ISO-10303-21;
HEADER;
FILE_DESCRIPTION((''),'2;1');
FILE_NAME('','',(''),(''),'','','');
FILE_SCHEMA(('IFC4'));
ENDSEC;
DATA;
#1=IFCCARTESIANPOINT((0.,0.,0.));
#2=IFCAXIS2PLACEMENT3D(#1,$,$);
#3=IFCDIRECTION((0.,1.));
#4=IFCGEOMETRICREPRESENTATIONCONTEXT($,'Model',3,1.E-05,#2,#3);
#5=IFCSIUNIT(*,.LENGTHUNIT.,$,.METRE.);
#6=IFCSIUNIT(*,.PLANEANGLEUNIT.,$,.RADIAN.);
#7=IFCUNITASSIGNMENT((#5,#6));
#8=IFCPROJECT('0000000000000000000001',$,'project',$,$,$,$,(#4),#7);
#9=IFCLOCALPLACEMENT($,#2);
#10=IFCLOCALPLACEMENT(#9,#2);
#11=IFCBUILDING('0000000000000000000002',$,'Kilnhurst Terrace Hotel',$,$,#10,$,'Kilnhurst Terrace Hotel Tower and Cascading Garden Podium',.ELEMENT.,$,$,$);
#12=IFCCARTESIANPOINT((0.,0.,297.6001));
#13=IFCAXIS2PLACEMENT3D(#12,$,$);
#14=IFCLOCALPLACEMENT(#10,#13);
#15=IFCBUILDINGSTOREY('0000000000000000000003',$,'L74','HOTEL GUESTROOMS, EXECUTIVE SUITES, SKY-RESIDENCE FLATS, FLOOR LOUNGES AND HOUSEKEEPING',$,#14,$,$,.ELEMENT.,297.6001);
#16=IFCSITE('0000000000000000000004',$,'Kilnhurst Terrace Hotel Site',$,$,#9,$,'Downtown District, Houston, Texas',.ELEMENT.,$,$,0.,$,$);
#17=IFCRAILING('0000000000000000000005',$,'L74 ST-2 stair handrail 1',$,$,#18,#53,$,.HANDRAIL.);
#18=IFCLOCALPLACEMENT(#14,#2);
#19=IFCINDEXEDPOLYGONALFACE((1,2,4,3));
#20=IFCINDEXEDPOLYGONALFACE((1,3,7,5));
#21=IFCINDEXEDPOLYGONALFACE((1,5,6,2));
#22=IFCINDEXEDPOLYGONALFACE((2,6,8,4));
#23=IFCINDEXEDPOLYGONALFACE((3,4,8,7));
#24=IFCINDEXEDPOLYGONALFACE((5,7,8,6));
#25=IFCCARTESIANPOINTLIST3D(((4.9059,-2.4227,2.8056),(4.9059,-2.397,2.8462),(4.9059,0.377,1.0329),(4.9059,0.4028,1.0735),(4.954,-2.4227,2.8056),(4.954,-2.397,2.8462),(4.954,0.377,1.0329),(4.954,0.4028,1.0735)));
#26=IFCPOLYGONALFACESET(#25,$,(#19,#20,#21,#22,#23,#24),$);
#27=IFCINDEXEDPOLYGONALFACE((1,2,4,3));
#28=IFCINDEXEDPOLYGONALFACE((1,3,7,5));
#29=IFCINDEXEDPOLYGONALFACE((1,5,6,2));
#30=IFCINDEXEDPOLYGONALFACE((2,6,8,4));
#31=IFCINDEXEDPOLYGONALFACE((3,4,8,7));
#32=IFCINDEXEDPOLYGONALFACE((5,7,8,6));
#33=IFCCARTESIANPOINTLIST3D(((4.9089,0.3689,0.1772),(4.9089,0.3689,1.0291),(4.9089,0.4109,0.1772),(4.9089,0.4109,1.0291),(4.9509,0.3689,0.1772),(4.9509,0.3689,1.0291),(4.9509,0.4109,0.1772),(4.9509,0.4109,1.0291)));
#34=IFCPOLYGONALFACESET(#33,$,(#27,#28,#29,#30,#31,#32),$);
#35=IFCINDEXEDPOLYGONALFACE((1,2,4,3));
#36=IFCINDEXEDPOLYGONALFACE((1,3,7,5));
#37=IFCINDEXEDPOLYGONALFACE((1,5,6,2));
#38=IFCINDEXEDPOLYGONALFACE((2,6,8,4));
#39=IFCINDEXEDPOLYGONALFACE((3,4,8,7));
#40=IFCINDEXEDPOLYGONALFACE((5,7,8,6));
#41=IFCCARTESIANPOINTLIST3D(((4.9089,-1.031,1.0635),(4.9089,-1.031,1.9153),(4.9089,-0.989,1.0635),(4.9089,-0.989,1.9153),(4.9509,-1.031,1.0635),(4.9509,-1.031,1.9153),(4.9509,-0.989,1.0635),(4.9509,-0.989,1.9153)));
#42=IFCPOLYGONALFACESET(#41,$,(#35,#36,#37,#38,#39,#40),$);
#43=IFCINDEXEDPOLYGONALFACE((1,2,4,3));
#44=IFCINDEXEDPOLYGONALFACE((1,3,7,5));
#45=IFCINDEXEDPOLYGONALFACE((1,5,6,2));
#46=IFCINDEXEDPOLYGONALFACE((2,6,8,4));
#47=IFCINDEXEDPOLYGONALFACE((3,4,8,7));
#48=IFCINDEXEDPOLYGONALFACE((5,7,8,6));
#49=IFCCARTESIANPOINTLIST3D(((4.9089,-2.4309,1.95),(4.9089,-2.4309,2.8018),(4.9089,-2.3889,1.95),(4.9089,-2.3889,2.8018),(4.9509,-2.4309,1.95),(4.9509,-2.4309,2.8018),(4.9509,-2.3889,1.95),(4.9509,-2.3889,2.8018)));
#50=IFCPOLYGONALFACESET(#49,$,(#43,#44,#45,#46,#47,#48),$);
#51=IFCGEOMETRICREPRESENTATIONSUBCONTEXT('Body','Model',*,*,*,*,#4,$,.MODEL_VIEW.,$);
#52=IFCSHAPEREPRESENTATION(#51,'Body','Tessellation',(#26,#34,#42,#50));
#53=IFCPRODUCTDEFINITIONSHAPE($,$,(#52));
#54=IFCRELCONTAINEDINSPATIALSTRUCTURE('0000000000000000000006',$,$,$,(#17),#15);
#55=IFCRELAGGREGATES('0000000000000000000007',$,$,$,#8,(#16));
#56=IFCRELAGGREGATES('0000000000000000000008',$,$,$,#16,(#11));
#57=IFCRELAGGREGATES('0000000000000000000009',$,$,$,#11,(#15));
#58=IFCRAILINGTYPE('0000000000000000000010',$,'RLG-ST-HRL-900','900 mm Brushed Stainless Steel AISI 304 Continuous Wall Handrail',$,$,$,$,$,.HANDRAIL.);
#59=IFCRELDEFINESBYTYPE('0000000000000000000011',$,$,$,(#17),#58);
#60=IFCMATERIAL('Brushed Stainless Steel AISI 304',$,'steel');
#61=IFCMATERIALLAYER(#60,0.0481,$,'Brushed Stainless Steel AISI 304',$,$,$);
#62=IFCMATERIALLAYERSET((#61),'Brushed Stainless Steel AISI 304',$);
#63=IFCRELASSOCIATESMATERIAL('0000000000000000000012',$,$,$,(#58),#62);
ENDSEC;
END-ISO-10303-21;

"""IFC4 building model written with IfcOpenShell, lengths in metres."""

from ifc_helpers import new_model, si_unit, direction, frame, origin, origin_2d, place, context, subcontext, project, spatial, rectangle, extrude, material, layer, layer_set, type_object, element, save


model = new_model("IFC4")

# Units and contexts
model_context = context("Model", 3, precision=1e-05, world=origin(), true_north=direction((0.0, 1.0)))
body_context = subcontext(model_context, "Body", "Model", "MODEL_VIEW")
ifc_project = project(units=[si_unit("LENGTHUNIT", "METRE"), si_unit("PLANEANGLEUNIT", "RADIAN")], contexts=[model_context])

# Site, building, storey
site_placement = place(None, origin())
site = spatial("IfcSite", under=ifc_project, at=site_placement, Name="Kilnhurst Terrace Hotel Site", LongName="Downtown District, Houston, Texas", CompositionType="ELEMENT", RefElevation=0.0)
building_placement = place(site_placement, origin())
building = spatial("IfcBuilding", under=site, at=building_placement, Name="Kilnhurst Terrace Hotel", LongName="Kilnhurst Terrace Hotel Tower and Cascading Garden Podium", CompositionType="ELEMENT")
storey_placement = place(building_placement, frame((0.0, 0.0, 297.6001)))
storey = spatial("IfcBuildingStorey", under=building, at=storey_placement, Name="L74", Description="HOTEL GUESTROOMS, EXECUTIVE SUITES, SKY-RESIDENCE FLATS, FLOOR LOUNGES AND HOUSEKEEPING", CompositionType="ELEMENT", Elevation=297.6001)

# Railing
ifc_material_1 = material(Name="Brushed Stainless Steel AISI 304", Category="steel")
ifc_layer_1 = layer(ifc_material_1, 0.0481, Name="Brushed Stainless Steel AISI 304")
ifc_layer_set_1 = layer_set([ifc_layer_1], Name="Brushed Stainless Steel AISI 304")
railing_type_1 = type_object("IfcRailingType", Name="RLG-ST-HRL-900", Description="900 mm Brushed Stainless Steel AISI 304 Continuous Wall Handrail", PredefinedType="HANDRAIL", material=ifc_layer_set_1)
railing_1_placement = place(storey_placement, frame((4.9299, 0.3899, 0.1772)))
element("IfcRailing", 1, at=railing_1_placement, inside=storey, type_object=railing_type_1, Name="L74 ST-2 stair handrail 1", PredefinedType="HANDRAIL", context=body_context, shape_type="SweptSolid", body=[
    extrude(rectangle(XDim=0.0481, YDim=0.0481, at=origin_2d()), frame((0.0, 0.0, 0.876), z_axis=(0.0, -0.844888, 0.534943), x_axis=(1.0, 0.0, 0.0)), (0.0, 0.0, 1.0), 3.3137),
    extrude(rectangle(XDim=0.042, YDim=0.042, at=origin_2d()), origin(), (0.0, 0.0, 1.0), 0.8518),
    extrude(rectangle(XDim=0.042, YDim=0.042, at=origin_2d()), frame((0.0, -1.3999, 0.8862)), (0.0, 0.0, 1.0), 0.8518),
    extrude(rectangle(XDim=0.042, YDim=0.042, at=origin_2d()), frame((0.0, -2.7998, 1.7727)), (0.0, 0.0, 1.0), 0.8518),
])

save(model, "model.ifc")
